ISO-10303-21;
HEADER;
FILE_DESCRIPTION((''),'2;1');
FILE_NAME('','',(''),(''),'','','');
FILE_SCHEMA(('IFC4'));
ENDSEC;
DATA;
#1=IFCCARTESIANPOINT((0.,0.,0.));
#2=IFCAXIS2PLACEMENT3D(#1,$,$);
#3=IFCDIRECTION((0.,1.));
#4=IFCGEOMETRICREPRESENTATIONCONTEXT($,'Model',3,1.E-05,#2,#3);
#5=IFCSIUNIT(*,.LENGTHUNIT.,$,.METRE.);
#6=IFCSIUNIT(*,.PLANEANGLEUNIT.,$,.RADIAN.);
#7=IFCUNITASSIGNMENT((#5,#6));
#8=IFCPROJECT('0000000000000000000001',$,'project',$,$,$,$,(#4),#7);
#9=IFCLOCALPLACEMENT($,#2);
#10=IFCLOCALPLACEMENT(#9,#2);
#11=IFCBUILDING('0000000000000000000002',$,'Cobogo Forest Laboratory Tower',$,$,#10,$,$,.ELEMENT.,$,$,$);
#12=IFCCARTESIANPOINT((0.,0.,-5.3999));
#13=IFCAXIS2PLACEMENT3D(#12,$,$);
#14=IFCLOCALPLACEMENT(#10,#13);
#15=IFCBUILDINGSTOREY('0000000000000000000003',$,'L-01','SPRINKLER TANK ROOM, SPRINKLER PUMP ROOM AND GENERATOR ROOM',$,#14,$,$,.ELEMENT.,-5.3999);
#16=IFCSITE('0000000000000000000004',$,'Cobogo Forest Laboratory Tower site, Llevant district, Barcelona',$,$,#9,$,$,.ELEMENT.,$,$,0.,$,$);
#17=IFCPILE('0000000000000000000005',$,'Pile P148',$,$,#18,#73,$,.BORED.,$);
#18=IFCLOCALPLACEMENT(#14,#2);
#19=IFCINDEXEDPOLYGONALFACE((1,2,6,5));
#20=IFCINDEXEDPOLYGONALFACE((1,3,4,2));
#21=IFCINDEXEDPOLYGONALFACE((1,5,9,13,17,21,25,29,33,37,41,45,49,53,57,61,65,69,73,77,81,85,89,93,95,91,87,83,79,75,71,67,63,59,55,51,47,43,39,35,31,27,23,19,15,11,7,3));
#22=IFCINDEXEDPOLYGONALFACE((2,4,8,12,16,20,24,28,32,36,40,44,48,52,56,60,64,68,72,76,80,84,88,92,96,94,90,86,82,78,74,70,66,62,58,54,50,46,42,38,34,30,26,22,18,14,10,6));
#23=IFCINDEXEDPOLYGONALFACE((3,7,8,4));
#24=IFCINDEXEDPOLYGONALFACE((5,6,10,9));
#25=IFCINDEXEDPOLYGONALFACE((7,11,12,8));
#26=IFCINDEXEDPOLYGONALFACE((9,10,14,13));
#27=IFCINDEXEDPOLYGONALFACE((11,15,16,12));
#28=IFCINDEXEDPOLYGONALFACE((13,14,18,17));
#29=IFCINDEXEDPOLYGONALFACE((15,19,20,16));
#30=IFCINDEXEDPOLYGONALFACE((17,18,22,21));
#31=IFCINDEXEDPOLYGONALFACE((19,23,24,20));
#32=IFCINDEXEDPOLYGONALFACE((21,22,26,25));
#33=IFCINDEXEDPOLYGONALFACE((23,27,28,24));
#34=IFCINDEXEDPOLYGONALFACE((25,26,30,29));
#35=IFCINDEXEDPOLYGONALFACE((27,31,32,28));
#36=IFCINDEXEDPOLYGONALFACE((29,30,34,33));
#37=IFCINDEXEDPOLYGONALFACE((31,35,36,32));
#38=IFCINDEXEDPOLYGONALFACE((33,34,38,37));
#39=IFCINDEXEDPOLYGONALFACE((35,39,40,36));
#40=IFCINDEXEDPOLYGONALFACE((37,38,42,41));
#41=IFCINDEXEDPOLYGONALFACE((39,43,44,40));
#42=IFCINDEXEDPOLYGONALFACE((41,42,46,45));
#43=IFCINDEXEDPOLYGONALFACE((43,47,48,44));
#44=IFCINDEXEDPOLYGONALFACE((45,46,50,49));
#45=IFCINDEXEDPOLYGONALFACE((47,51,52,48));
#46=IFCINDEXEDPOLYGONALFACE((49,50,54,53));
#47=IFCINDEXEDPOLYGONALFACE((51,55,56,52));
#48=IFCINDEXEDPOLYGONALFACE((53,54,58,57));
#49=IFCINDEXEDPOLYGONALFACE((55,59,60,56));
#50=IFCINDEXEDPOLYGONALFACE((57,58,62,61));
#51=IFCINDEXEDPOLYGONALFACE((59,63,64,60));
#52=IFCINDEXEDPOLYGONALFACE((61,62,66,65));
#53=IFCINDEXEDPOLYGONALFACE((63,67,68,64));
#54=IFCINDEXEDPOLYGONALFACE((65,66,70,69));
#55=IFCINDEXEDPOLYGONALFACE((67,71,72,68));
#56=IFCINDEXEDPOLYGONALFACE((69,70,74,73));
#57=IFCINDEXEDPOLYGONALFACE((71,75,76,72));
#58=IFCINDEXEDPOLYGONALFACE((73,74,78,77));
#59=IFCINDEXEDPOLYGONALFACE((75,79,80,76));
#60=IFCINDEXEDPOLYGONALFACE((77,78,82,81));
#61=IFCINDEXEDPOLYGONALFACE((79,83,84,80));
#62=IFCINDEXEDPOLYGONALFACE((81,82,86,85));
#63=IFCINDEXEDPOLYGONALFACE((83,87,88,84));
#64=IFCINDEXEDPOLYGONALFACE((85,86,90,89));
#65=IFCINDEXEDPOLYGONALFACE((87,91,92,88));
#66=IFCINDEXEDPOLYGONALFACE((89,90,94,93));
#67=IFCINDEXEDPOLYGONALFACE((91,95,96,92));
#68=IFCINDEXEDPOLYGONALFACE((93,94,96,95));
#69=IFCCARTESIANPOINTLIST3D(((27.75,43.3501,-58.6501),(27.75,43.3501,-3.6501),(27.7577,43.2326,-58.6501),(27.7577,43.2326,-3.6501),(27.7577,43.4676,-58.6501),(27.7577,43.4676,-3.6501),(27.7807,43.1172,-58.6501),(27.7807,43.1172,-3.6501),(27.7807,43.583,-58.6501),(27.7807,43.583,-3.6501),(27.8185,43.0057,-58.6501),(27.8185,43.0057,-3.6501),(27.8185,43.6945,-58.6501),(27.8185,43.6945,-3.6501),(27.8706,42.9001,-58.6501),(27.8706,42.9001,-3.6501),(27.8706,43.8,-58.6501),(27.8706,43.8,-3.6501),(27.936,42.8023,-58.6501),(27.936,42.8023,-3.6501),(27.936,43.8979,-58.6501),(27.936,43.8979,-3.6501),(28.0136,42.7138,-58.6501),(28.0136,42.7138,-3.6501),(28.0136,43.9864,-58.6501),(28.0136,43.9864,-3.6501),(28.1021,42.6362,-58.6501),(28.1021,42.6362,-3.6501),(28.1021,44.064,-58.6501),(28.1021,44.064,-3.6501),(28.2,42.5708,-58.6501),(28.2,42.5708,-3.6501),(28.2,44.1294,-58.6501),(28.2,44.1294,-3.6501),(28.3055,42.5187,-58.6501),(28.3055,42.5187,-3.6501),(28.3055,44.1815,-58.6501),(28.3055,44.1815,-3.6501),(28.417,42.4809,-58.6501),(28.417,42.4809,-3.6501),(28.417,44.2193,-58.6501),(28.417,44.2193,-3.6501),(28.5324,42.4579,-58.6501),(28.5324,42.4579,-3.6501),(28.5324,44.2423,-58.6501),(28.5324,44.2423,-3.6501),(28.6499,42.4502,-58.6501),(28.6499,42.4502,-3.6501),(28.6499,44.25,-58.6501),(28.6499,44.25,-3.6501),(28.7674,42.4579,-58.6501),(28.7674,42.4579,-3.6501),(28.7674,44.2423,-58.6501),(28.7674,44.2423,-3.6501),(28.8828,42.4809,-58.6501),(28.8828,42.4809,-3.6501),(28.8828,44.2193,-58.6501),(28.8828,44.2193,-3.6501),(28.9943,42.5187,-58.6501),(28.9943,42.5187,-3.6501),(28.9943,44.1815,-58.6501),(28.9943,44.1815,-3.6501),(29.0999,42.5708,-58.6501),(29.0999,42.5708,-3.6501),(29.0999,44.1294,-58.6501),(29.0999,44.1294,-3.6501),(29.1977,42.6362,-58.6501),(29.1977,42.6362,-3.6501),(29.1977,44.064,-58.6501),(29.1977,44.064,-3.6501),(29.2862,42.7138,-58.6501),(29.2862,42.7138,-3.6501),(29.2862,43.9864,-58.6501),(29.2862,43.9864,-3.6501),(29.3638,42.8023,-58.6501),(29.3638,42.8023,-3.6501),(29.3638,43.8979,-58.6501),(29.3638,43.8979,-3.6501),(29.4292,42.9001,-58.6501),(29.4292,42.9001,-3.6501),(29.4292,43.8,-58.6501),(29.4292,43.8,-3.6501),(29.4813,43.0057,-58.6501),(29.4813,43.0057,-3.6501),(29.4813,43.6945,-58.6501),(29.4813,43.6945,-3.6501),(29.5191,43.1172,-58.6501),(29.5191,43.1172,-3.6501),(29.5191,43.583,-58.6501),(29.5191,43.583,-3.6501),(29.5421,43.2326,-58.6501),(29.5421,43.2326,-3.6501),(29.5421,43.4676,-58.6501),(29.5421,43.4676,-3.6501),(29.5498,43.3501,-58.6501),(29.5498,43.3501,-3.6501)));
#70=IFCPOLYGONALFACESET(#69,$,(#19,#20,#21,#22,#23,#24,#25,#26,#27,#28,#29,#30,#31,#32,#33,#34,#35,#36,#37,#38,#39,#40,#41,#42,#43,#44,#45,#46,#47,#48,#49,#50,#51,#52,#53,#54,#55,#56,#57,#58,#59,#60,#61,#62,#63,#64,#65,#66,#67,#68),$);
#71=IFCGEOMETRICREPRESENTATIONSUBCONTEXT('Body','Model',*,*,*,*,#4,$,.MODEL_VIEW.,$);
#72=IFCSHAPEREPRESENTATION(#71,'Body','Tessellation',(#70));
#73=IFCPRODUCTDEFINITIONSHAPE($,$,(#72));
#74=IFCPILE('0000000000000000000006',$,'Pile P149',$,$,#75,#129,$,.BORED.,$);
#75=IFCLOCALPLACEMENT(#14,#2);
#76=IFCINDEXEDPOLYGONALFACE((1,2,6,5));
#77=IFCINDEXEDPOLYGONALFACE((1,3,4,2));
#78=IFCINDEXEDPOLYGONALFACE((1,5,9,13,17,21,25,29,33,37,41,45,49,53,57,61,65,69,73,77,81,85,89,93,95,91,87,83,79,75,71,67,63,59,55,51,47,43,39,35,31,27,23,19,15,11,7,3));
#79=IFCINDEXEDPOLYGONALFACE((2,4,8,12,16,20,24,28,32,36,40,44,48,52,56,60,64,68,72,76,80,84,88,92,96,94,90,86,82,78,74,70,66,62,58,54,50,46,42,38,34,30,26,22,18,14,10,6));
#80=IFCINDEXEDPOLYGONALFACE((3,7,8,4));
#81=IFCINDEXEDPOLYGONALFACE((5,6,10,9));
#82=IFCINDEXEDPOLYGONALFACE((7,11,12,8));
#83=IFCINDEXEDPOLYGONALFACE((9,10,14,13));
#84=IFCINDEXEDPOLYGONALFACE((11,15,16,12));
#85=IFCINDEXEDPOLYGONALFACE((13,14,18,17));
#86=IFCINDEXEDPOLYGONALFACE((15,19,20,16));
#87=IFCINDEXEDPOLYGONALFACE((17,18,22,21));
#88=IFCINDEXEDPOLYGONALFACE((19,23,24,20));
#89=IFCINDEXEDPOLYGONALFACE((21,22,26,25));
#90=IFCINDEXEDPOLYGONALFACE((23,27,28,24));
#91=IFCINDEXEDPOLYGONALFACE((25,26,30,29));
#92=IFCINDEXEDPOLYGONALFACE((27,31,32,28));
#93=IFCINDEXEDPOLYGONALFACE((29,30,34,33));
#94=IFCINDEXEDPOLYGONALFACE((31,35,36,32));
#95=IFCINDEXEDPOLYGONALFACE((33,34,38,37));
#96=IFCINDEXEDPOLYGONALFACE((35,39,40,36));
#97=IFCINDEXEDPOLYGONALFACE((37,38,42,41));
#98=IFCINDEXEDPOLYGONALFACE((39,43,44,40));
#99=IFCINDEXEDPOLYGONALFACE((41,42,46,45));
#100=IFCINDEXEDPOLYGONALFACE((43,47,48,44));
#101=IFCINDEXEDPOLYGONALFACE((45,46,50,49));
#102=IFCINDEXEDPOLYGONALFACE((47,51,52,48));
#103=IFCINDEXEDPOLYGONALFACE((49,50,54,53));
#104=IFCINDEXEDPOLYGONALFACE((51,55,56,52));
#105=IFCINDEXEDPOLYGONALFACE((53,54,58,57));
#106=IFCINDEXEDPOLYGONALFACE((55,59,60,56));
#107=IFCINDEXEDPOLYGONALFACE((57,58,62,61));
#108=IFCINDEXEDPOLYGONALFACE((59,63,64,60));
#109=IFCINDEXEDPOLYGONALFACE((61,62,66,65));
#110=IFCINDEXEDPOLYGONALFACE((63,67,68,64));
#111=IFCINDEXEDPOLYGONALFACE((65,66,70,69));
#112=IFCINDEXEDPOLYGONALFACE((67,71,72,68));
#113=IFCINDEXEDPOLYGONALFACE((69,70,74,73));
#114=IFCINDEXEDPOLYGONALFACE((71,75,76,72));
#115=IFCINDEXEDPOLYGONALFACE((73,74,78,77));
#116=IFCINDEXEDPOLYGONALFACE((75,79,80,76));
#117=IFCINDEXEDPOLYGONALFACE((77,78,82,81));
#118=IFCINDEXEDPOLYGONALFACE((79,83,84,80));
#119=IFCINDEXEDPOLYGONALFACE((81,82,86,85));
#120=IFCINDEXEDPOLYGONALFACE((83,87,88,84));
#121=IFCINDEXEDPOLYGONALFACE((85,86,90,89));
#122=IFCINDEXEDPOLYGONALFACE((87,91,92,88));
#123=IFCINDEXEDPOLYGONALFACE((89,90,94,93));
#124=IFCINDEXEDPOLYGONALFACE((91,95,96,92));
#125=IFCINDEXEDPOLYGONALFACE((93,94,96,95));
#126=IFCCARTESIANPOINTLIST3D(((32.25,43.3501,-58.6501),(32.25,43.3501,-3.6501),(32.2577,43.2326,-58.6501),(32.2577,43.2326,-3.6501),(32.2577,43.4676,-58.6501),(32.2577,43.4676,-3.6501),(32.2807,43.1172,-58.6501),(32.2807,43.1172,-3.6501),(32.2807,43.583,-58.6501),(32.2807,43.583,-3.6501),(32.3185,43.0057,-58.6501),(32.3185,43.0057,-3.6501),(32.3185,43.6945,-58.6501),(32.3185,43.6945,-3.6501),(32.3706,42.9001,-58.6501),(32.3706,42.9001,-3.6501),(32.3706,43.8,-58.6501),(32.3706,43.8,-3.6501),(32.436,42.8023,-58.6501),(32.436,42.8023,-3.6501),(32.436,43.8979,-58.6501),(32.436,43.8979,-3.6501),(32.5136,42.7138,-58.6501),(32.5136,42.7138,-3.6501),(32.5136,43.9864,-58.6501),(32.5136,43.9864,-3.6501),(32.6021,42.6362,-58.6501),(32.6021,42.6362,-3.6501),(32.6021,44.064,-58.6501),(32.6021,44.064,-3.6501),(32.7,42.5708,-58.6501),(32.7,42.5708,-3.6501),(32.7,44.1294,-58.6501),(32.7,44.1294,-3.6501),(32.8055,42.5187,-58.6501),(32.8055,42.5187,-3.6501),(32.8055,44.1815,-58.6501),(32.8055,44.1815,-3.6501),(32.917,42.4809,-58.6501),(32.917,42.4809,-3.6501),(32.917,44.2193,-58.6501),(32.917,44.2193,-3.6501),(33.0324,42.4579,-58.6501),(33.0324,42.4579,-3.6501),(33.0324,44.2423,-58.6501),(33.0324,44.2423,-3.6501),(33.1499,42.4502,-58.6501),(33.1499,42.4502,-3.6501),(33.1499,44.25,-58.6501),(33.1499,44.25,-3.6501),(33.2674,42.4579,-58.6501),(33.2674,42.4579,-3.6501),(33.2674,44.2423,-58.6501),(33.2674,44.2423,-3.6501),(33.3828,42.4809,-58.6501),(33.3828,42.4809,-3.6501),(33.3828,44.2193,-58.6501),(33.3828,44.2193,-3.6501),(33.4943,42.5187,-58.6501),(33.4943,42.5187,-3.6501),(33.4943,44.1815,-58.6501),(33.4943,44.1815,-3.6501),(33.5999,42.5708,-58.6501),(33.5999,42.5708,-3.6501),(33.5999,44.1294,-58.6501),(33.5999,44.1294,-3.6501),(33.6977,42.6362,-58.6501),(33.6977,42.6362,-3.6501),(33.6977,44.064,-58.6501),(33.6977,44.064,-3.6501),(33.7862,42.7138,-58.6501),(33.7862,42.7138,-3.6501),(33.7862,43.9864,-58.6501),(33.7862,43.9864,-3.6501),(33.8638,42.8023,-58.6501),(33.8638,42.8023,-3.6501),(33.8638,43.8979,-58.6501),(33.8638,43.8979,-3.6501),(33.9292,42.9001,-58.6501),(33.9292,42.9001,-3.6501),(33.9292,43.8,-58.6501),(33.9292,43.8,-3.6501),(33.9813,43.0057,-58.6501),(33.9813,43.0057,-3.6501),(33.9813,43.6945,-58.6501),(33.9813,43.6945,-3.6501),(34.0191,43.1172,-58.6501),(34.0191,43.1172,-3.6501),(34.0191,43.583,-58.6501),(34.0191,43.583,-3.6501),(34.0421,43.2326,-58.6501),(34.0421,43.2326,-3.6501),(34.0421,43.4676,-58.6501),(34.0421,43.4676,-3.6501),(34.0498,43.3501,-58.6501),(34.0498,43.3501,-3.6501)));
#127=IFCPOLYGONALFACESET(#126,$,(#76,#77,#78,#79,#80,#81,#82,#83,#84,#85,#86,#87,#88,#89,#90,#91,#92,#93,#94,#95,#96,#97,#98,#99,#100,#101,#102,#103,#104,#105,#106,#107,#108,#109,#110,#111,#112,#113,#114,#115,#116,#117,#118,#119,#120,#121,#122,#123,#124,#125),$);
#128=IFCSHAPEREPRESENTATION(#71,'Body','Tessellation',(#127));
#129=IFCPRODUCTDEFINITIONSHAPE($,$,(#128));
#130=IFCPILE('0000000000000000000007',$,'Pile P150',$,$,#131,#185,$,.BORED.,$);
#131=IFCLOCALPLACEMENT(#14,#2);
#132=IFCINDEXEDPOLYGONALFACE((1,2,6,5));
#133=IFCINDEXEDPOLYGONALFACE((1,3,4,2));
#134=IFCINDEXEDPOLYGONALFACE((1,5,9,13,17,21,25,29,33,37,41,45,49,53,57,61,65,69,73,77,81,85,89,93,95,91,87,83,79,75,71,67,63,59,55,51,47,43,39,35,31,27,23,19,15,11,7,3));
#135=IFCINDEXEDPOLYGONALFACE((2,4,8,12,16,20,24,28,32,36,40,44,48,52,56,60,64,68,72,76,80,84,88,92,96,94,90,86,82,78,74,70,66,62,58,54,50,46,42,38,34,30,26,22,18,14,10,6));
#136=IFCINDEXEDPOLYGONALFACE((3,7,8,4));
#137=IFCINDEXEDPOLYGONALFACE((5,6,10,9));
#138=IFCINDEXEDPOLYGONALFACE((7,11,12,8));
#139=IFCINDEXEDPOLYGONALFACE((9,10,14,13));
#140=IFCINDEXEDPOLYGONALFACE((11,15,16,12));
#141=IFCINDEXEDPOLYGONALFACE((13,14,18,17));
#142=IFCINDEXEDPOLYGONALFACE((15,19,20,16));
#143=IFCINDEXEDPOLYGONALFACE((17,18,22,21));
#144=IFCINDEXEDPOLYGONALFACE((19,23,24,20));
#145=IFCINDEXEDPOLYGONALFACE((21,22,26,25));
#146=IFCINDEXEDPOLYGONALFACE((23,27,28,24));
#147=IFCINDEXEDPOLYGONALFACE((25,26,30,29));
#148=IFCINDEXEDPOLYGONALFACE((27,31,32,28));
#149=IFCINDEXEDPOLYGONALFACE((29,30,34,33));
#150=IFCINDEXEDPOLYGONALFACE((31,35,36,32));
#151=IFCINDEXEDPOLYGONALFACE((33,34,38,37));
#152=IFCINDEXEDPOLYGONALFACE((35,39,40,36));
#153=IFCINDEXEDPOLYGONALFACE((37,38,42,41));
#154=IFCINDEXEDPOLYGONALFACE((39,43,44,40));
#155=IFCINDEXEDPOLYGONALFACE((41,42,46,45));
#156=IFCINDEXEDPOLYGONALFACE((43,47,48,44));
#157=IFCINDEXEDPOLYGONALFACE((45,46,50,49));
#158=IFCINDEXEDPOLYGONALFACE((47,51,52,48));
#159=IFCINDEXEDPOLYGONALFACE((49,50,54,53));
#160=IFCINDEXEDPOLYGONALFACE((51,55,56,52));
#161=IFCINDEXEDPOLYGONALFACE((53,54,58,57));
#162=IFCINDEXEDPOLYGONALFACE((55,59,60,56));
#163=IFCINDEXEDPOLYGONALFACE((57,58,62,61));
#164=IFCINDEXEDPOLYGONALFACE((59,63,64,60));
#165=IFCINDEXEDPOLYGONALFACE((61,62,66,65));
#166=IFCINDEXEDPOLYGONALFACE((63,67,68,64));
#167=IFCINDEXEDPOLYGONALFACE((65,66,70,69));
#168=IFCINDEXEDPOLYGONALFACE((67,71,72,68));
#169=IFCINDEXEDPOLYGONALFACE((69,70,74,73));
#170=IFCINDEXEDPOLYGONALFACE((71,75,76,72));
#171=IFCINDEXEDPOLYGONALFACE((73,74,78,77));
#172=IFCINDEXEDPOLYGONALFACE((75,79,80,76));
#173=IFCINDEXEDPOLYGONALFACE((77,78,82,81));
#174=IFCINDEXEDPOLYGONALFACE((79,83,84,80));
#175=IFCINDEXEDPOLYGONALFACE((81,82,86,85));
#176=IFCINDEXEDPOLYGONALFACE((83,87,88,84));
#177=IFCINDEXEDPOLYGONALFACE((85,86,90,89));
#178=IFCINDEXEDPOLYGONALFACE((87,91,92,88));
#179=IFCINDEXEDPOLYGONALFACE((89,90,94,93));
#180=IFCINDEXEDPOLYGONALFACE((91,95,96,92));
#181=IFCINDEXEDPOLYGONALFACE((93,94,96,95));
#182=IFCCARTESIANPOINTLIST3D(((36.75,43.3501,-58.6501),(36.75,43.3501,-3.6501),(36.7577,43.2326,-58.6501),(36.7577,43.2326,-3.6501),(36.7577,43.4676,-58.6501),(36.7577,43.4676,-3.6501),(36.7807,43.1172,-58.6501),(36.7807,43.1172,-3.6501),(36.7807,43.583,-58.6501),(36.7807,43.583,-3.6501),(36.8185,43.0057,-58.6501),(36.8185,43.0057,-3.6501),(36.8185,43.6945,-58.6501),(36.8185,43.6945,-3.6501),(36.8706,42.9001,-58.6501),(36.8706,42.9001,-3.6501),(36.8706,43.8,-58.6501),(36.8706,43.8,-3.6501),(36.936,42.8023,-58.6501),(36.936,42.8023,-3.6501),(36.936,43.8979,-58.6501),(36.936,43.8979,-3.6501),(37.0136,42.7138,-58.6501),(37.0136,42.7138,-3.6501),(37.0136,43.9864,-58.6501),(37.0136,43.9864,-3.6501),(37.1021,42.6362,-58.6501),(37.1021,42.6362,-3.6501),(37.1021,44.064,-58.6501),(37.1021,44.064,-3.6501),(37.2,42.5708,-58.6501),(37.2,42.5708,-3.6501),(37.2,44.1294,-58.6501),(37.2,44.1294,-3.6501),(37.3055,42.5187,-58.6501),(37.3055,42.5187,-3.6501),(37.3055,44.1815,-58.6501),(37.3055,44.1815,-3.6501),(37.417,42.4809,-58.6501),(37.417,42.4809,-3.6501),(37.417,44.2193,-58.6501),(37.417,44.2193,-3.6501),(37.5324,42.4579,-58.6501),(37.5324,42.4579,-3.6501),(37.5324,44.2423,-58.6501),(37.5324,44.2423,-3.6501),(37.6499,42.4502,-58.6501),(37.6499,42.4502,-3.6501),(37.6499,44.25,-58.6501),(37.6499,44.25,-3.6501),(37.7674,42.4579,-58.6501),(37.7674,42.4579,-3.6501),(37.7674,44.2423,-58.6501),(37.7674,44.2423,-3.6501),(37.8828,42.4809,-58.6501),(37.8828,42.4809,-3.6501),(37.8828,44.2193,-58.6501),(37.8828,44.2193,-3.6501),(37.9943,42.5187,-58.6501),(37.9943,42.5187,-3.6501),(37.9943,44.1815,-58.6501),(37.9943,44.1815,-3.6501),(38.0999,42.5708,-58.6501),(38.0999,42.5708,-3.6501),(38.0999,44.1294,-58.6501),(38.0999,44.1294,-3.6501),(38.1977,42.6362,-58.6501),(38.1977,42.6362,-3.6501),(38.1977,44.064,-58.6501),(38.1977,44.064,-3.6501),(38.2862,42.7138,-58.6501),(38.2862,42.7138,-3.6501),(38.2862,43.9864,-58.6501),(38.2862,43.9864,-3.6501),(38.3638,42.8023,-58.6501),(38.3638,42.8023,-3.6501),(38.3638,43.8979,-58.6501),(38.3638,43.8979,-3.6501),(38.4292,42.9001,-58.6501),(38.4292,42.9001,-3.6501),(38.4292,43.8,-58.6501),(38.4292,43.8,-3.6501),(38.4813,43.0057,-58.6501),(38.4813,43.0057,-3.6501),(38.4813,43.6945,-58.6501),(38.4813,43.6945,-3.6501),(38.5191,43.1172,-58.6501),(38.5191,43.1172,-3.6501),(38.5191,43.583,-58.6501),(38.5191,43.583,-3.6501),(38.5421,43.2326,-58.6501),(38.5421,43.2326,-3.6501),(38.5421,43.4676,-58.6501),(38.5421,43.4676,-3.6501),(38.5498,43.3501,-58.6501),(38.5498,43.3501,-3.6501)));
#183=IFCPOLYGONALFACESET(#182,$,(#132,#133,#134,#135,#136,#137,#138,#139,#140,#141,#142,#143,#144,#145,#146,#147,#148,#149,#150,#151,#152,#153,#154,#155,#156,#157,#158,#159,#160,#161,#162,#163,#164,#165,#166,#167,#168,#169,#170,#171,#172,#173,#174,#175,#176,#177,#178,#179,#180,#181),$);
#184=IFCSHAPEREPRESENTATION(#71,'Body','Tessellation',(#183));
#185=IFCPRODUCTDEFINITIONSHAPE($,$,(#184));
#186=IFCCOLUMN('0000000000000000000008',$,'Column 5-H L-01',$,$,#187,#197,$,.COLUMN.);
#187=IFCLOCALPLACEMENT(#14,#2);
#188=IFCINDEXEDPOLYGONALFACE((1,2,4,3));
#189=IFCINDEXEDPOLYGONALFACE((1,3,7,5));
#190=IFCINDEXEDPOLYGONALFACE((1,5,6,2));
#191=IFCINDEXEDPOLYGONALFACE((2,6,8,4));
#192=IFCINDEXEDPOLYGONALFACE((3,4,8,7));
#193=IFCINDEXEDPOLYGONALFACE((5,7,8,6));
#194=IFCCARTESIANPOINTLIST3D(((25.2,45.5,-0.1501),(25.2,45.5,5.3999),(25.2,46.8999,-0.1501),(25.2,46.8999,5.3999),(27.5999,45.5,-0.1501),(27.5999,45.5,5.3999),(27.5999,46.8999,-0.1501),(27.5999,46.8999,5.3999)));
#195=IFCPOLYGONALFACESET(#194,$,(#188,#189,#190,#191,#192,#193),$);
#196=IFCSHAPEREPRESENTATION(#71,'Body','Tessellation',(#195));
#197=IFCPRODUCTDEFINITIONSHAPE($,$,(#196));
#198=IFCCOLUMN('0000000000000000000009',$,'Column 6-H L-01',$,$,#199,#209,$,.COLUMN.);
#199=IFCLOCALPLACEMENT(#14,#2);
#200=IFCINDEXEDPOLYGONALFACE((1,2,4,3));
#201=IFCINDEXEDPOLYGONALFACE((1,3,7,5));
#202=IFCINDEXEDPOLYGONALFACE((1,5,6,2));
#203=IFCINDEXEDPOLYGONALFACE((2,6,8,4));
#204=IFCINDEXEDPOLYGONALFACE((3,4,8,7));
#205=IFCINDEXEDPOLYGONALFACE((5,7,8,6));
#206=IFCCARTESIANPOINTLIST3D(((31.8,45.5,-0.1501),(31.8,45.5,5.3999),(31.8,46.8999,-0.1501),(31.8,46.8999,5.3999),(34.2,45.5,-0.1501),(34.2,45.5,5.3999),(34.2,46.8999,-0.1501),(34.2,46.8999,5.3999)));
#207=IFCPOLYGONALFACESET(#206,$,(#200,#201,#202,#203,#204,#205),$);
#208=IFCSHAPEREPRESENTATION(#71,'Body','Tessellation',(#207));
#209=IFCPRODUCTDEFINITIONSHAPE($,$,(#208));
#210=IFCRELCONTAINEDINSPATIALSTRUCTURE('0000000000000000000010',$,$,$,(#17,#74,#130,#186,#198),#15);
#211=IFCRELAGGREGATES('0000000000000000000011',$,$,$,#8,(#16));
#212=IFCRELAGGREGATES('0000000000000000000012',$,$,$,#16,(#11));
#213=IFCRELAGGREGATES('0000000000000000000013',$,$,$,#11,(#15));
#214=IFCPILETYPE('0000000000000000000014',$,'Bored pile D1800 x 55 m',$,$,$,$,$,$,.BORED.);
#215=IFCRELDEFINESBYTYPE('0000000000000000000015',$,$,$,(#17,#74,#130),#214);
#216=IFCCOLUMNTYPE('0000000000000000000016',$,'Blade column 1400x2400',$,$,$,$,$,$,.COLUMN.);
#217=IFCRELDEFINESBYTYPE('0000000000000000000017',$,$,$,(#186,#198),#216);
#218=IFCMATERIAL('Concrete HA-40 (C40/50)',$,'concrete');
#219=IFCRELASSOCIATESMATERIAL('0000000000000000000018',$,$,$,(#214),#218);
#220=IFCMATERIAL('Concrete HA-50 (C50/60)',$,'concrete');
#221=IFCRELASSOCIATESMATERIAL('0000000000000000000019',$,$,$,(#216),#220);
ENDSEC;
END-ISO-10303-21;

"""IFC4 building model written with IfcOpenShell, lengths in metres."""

from ifc_helpers import new_model, si_unit, direction, frame, origin, origin_2d, place, context, subcontext, project, spatial, rectangle, circle, extrude, material, material_profile, profile_set, type_object, element, save


model = new_model("IFC4")

# Units and contexts
model_context = context("Model", 3, precision=1e-05, world=origin(), true_north=direction((0.0, 1.0)))
body_context = subcontext(model_context, "Body", "Model", "MODEL_VIEW")
ifc_project = project(units=[si_unit("LENGTHUNIT", "METRE"), si_unit("PLANEANGLEUNIT", "RADIAN")], contexts=[model_context])

# Site, building, storey
site_placement = place(None, origin())
site = spatial("IfcSite", under=ifc_project, at=site_placement, Name="Cobogo Forest Laboratory Tower site, Llevant district, Barcelona", CompositionType="ELEMENT", RefElevation=0.0)
building_placement = place(site_placement, origin())
building = spatial("IfcBuilding", under=site, at=building_placement, Name="Cobogo Forest Laboratory Tower", CompositionType="ELEMENT")
storey_placement = place(building_placement, frame((0.0, 0.0, -5.3999)))
storey = spatial("IfcBuildingStorey", under=building, at=storey_placement, Name="L-01", Description="SPRINKLER TANK ROOM, SPRINKLER PUMP ROOM AND GENERATOR ROOM", CompositionType="ELEMENT", Elevation=-5.3999)

# Piles
ifc_material_1 = material(Name="Concrete HA-40 (C40/50)", Category="concrete")
ifc_material_profile_1 = material_profile(ifc_material_1, circle(Radius=0.8999, at=origin_2d()), Name="PILE D1800")
ifc_profile_set_1 = profile_set([ifc_material_profile_1], Name="Concrete HA-40 (C40/50)")
pile_type_1 = type_object("IfcPileType", Name="Bored pile D1800 x 55 m", PredefinedType="BORED", material=ifc_profile_set_1)
for number, where, z_axis, x_axis, name in (
    (1, (28.6499, 43.3501, -3.6501), (0.0, 0.0, -1.0), (1.0, 0.0, 0.0), "Pile P148"),
    (2, (33.1499, 43.3501, -3.6501), (0.0, 0.0, -1.0), (1.0, 0.0, 0.0), "Pile P149"),
    (3, (37.6499, 43.3501, -3.6501), (0.0, 0.0, -1.0), (1.0, 0.0, 0.0), "Pile P150"),
):
    element("IfcPile", number, at=place(storey_placement, frame(where, z_axis=z_axis, x_axis=x_axis)), inside=storey, type_object=pile_type_1, Name=name, PredefinedType="BORED", context=body_context, shape_type="SweptSolid", body=[
        extrude(circle(Radius=0.8999, at=origin_2d()), origin(), (0.0, 0.0, 1.0), 55.0),
    ])

# Columns
ifc_material_2 = material(Name="Concrete HA-50 (C50/60)", Category="concrete")
ifc_material_profile_2 = material_profile(ifc_material_2, rectangle(XDim=2.3999, YDim=1.3999, at=origin_2d()), Name="RC 1400x2400")
ifc_profile_set_2 = profile_set([ifc_material_profile_2], Name="Concrete HA-50 (C50/60)")
column_type = type_object("IfcColumnType", Name="Blade column 1400x2400", PredefinedType="COLUMN", material=ifc_profile_set_2)
for number, where, z_axis, x_axis, name in (
    (4, (26.3999, 46.2, -0.1501), (0.0, 0.0, 1.0), (1.0, 0.0, 0.0), "Column 5-H L-01"),
    (5, (33.0, 46.2, -0.1501), (0.0, 0.0, 1.0), (1.0, 0.0, 0.0), "Column 6-H L-01"),
):
    element("IfcColumn", number, at=place(storey_placement, frame(where, z_axis=z_axis, x_axis=x_axis)), inside=storey, type_object=column_type, Name=name, PredefinedType="COLUMN", context=body_context, shape_type="SweptSolid", body=[
        extrude(rectangle(XDim=2.3999, YDim=1.3999, at=origin_2d()), origin(), (0.0, 0.0, 1.0), 5.55),
    ])

save(model, "model.ifc")
